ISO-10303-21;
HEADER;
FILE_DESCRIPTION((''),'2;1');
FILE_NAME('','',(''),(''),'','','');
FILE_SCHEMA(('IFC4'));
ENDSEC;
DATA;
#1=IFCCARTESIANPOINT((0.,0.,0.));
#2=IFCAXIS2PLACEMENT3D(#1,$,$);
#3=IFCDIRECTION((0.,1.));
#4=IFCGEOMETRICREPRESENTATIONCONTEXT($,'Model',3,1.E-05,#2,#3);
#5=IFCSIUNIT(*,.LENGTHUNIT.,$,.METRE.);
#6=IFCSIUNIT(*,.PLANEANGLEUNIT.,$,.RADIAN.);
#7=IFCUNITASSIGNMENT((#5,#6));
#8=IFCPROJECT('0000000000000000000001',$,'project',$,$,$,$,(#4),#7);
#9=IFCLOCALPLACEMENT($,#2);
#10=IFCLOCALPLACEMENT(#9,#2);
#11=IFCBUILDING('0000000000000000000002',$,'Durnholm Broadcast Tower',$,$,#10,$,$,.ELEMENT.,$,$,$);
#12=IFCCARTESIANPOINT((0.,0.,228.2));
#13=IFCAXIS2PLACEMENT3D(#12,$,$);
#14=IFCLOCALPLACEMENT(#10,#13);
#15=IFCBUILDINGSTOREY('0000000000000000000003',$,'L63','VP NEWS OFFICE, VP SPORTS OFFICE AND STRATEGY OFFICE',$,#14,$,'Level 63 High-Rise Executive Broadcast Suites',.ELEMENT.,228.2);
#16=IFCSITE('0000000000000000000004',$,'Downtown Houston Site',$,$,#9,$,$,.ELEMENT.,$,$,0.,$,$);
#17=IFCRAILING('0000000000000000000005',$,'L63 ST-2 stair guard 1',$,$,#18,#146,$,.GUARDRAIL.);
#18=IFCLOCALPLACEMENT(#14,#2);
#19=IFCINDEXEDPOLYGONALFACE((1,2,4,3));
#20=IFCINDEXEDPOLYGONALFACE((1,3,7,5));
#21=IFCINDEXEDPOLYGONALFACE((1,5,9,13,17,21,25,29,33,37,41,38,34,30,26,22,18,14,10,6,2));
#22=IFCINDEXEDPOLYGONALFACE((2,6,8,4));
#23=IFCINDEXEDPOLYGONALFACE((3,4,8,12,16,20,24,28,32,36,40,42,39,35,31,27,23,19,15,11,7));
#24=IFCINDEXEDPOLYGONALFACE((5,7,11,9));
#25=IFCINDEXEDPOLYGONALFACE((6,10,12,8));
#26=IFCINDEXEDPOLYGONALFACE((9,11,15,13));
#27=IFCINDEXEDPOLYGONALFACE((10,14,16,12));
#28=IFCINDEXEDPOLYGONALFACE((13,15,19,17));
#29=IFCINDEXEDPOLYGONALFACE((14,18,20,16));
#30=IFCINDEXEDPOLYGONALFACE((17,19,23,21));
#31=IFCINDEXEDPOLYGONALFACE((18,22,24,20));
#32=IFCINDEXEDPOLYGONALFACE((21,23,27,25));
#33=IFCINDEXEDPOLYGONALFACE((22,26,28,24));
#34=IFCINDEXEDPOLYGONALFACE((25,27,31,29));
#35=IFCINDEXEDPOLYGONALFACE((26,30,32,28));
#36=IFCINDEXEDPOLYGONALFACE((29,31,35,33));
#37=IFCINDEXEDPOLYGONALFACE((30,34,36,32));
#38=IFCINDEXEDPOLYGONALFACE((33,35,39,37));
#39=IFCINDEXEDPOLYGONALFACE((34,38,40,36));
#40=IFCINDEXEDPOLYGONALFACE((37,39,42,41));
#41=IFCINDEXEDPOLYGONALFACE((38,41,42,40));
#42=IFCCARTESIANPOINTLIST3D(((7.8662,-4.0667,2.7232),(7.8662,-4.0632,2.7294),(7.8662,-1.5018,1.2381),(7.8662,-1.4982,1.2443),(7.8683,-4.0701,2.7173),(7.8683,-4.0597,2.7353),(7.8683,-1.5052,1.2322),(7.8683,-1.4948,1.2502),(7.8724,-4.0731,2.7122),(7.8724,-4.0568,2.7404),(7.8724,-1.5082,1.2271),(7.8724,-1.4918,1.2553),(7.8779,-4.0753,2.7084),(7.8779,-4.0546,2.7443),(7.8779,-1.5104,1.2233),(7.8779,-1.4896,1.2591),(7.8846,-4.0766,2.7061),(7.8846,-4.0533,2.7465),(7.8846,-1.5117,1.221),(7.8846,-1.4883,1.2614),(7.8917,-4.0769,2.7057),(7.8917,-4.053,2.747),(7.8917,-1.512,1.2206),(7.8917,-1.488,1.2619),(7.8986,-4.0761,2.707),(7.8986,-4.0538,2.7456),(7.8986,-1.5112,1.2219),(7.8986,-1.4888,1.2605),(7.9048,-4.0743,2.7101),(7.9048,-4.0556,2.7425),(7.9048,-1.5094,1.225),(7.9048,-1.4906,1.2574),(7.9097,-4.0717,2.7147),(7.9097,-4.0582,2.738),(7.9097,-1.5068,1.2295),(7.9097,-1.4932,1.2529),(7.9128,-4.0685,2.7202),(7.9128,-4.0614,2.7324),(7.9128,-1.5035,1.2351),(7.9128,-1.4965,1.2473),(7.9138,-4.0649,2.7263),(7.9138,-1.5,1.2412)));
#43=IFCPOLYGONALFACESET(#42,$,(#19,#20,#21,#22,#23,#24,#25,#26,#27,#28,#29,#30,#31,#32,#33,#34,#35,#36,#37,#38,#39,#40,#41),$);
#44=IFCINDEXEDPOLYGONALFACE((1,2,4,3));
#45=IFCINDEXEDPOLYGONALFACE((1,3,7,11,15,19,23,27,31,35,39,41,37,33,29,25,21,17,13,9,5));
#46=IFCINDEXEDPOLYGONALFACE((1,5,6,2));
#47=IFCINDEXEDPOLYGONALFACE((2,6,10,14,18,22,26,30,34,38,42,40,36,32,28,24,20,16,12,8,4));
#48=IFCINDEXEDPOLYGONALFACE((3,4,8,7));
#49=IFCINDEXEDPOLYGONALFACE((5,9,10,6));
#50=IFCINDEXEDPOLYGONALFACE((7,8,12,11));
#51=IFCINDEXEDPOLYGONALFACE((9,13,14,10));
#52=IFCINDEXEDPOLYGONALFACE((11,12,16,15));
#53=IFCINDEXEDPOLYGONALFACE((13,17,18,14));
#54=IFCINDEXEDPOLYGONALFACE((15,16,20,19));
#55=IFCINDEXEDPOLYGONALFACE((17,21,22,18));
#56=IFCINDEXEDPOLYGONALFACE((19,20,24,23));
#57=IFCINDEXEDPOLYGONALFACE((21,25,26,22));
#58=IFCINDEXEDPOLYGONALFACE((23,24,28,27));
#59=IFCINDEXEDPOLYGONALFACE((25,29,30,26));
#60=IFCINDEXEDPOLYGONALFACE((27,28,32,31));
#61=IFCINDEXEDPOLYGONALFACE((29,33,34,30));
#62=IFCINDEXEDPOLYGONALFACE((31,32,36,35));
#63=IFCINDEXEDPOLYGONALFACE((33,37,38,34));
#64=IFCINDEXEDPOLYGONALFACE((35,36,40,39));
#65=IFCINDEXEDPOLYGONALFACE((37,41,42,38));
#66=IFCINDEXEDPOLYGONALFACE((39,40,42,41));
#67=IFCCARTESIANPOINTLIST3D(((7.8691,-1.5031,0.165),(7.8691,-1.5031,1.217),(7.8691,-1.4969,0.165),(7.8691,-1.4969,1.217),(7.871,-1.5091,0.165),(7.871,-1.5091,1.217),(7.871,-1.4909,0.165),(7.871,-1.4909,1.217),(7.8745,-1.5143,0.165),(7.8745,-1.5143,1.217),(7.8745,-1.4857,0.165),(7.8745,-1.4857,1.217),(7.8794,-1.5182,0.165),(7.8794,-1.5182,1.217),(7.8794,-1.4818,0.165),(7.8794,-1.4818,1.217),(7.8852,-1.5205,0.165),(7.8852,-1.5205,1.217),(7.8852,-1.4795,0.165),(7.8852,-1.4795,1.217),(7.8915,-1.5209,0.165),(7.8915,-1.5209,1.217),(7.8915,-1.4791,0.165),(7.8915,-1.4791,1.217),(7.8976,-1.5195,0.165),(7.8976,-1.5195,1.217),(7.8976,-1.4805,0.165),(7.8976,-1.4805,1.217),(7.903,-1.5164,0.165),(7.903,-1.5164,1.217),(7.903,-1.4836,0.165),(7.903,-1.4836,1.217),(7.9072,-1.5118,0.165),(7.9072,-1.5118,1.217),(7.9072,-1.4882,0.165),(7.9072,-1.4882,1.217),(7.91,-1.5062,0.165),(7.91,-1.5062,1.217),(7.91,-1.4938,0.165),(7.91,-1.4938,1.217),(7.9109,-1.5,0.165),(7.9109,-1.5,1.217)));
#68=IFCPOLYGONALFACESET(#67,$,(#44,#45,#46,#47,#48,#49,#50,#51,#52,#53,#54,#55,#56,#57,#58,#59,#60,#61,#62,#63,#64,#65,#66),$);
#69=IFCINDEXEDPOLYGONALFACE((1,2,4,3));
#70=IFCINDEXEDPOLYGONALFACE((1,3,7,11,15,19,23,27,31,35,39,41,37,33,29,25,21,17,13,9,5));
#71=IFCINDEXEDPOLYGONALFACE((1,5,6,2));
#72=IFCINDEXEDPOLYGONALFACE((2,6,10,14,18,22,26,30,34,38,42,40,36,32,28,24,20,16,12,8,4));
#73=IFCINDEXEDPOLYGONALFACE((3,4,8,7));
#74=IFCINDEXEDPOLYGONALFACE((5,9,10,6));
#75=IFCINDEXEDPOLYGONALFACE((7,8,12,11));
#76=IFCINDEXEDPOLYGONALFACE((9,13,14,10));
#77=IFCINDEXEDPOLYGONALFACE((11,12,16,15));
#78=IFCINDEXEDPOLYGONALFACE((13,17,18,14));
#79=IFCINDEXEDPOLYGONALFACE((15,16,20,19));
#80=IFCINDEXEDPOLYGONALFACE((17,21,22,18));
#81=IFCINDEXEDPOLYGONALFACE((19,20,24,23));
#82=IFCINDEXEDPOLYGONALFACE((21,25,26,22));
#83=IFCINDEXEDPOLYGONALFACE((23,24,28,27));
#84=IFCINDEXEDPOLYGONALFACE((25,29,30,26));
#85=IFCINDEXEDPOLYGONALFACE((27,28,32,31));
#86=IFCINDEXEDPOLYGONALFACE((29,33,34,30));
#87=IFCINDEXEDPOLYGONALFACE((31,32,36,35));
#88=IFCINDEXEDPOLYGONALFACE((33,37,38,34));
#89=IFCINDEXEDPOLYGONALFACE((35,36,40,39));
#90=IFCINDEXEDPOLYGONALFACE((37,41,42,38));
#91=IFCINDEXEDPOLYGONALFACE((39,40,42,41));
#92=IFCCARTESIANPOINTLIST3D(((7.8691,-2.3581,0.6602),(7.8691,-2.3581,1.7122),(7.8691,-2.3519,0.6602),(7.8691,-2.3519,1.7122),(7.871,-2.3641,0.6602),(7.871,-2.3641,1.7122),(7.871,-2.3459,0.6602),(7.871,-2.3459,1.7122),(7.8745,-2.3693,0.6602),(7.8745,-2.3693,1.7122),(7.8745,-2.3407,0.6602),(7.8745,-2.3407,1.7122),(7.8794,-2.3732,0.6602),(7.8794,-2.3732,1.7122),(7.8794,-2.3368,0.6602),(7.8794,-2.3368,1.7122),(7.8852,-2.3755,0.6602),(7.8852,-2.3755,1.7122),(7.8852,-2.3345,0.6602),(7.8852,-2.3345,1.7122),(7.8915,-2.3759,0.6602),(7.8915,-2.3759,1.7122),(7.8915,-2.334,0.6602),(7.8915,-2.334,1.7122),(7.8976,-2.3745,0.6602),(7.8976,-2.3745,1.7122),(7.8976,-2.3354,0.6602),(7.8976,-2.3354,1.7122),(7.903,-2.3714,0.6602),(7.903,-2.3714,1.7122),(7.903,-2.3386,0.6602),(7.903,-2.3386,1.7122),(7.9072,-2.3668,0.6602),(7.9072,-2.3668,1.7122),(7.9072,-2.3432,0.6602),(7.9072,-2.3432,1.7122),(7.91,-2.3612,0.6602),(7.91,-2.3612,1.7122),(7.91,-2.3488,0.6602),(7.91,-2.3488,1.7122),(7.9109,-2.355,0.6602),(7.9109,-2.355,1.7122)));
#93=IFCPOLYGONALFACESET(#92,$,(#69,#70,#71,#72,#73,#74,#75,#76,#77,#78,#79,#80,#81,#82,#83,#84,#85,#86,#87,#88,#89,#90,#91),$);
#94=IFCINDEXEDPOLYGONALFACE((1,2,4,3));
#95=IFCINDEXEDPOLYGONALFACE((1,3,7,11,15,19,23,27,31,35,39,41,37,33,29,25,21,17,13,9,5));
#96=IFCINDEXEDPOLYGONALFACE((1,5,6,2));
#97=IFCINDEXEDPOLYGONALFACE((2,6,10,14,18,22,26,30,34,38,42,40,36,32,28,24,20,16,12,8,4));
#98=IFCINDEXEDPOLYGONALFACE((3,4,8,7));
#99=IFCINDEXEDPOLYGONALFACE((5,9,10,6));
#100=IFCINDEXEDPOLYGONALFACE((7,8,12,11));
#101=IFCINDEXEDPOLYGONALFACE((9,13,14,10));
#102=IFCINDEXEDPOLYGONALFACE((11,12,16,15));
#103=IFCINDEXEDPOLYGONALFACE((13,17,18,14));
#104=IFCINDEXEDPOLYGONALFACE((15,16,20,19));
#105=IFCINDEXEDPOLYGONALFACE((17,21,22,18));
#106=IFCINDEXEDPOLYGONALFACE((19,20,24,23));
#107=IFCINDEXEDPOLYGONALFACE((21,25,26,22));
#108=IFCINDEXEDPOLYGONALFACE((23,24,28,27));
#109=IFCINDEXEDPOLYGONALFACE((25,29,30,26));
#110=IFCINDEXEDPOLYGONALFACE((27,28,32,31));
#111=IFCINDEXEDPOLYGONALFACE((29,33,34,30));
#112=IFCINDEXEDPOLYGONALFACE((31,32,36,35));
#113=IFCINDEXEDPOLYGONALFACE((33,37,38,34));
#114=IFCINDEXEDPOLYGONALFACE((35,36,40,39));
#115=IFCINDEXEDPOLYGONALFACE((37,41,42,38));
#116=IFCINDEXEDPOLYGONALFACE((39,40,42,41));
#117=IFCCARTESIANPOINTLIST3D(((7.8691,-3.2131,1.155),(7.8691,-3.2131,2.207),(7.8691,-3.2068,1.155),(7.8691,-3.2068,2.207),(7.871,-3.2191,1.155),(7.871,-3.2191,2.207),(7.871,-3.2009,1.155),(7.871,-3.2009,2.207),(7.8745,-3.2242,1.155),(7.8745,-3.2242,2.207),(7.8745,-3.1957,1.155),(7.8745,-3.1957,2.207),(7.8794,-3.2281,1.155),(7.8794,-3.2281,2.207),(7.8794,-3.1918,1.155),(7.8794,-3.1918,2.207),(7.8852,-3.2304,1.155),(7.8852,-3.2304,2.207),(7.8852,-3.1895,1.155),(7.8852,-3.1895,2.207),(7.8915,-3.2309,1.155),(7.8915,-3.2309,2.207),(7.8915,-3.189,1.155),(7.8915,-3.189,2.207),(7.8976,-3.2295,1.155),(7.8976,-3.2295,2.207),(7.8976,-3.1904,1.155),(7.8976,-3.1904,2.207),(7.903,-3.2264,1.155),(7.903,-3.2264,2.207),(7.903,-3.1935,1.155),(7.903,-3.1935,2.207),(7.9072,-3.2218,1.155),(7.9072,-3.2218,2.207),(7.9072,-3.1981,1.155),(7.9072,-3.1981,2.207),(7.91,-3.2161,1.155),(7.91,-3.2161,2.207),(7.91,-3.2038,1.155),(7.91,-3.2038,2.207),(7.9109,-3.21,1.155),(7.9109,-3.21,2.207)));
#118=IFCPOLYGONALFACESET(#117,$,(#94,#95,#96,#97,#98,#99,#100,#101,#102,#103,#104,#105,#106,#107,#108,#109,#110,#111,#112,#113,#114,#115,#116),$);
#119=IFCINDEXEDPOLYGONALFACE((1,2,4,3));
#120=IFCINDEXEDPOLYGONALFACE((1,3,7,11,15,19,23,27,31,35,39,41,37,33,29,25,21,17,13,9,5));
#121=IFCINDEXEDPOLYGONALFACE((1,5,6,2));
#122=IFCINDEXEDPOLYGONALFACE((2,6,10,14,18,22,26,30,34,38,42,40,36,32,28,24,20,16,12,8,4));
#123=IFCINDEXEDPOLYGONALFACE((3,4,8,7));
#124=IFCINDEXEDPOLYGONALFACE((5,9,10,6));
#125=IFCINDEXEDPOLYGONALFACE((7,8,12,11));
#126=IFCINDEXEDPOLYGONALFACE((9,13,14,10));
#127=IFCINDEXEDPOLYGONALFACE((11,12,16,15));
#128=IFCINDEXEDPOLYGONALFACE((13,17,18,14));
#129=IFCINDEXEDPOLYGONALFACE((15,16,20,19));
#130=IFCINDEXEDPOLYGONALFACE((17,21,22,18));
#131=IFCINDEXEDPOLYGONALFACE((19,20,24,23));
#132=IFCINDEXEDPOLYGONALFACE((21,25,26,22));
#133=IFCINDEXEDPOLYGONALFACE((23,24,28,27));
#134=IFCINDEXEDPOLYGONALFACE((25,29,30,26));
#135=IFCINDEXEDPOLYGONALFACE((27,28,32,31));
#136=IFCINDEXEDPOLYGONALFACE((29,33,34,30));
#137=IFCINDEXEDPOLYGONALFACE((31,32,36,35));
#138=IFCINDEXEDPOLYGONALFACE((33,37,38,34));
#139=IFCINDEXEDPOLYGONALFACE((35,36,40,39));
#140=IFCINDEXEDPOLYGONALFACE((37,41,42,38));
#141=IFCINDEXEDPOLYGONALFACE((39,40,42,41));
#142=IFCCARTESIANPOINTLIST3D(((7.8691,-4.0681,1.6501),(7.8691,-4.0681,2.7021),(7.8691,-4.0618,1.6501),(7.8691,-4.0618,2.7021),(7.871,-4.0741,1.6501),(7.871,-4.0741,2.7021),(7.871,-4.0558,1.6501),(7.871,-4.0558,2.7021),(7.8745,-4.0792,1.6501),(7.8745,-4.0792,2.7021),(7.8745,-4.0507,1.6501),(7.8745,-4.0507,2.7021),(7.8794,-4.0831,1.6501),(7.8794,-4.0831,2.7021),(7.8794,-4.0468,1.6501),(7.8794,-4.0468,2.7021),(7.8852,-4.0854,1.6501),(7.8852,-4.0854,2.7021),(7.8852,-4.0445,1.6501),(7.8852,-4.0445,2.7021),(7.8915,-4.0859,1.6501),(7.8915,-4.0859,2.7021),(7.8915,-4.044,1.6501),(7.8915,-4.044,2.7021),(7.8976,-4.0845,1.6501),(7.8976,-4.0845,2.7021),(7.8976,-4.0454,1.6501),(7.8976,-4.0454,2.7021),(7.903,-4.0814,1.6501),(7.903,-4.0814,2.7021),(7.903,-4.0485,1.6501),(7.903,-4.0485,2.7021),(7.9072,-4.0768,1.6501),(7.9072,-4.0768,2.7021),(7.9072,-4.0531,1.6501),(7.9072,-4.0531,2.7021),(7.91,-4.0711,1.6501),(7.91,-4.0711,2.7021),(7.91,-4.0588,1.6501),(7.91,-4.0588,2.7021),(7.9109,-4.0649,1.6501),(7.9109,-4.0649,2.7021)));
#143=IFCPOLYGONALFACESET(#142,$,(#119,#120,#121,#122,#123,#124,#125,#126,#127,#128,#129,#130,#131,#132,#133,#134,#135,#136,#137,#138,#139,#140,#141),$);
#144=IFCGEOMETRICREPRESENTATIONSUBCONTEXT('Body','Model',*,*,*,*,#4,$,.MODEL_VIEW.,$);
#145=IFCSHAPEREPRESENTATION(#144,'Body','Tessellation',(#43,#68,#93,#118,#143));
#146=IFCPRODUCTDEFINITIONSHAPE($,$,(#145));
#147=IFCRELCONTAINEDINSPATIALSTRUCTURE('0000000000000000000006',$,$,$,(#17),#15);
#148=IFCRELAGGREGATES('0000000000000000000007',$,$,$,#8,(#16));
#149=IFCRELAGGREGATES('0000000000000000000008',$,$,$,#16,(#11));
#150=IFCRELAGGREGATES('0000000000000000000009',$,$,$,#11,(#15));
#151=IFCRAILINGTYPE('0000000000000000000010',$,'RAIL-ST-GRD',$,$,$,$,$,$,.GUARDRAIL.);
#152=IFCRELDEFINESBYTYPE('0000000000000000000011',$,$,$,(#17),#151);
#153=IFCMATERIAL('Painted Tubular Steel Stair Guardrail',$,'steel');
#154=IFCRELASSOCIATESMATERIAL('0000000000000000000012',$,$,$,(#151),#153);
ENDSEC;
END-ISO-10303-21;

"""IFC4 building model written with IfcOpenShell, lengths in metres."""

from ifc_helpers import new_model, si_unit, direction, frame, origin, origin_2d, place, context, subcontext, project, spatial, circle, extrude, material, type_object, element, save


model = new_model("IFC4")

# Units and contexts
model_context = context("Model", 3, precision=1e-05, world=origin(), true_north=direction((0.0, 1.0)))
body_context = subcontext(model_context, "Body", "Model", "MODEL_VIEW")
ifc_project = project(units=[si_unit("LENGTHUNIT", "METRE"), si_unit("PLANEANGLEUNIT", "RADIAN")], contexts=[model_context])

# Site, building, storey
site_placement = place(None, origin())
site = spatial("IfcSite", under=ifc_project, at=site_placement, Name="Downtown Houston Site", CompositionType="ELEMENT", RefElevation=0.0)
building_placement = place(site_placement, origin())
building = spatial("IfcBuilding", under=site, at=building_placement, Name="Durnholm Broadcast Tower", CompositionType="ELEMENT")
storey_placement = place(building_placement, frame((0.0, 0.0, 228.2)))
storey = spatial("IfcBuildingStorey", under=building, at=storey_placement, Name="L63", Description="VP NEWS OFFICE, VP SPORTS OFFICE AND STRATEGY OFFICE", LongName="Level 63 High-Rise Executive Broadcast Suites", CompositionType="ELEMENT", Elevation=228.2)

# Railing
ifc_material_1 = material(Name="Painted Tubular Steel Stair Guardrail", Category="steel")
railing_type_1 = type_object("IfcRailingType", Name="RAIL-ST-GRD", PredefinedType="GUARDRAIL", material=ifc_material_1)
railing_1_placement = place(storey_placement, frame((7.8899, -1.5, 0.165)))
element("IfcRailing", 1, at=railing_1_placement, inside=storey, type_object=railing_type_1, Name="L63 ST-2 stair guard 1", PredefinedType="GUARDRAIL", context=body_context, shape_type="SweptSolid", body=[
    extrude(circle(Radius=0.0239, at=origin_2d()), frame((0.0, 0.0, 1.0762), z_axis=(0.0, -0.865406, 0.501072), x_axis=(1.0, 0.0, 0.0)), (0.0, 0.0, 1.0), 2.9639),
    extrude(circle(Radius=0.021, at=origin_2d()), origin(), (0.0, 0.0, 1.0), 1.052),
    extrude(circle(Radius=0.021, at=origin_2d()), frame((0.0, -0.855, 0.4951)), (0.0, 0.0, 1.0), 1.052),
    extrude(circle(Radius=0.021, at=origin_2d()), frame((0.0, -1.71, 0.99)), (0.0, 0.0, 1.0), 1.052),
    extrude(circle(Radius=0.021, at=origin_2d()), frame((0.0, -2.5649, 1.4851)), (0.0, 0.0, 1.0), 1.052),
])

save(model, "model.ifc")
